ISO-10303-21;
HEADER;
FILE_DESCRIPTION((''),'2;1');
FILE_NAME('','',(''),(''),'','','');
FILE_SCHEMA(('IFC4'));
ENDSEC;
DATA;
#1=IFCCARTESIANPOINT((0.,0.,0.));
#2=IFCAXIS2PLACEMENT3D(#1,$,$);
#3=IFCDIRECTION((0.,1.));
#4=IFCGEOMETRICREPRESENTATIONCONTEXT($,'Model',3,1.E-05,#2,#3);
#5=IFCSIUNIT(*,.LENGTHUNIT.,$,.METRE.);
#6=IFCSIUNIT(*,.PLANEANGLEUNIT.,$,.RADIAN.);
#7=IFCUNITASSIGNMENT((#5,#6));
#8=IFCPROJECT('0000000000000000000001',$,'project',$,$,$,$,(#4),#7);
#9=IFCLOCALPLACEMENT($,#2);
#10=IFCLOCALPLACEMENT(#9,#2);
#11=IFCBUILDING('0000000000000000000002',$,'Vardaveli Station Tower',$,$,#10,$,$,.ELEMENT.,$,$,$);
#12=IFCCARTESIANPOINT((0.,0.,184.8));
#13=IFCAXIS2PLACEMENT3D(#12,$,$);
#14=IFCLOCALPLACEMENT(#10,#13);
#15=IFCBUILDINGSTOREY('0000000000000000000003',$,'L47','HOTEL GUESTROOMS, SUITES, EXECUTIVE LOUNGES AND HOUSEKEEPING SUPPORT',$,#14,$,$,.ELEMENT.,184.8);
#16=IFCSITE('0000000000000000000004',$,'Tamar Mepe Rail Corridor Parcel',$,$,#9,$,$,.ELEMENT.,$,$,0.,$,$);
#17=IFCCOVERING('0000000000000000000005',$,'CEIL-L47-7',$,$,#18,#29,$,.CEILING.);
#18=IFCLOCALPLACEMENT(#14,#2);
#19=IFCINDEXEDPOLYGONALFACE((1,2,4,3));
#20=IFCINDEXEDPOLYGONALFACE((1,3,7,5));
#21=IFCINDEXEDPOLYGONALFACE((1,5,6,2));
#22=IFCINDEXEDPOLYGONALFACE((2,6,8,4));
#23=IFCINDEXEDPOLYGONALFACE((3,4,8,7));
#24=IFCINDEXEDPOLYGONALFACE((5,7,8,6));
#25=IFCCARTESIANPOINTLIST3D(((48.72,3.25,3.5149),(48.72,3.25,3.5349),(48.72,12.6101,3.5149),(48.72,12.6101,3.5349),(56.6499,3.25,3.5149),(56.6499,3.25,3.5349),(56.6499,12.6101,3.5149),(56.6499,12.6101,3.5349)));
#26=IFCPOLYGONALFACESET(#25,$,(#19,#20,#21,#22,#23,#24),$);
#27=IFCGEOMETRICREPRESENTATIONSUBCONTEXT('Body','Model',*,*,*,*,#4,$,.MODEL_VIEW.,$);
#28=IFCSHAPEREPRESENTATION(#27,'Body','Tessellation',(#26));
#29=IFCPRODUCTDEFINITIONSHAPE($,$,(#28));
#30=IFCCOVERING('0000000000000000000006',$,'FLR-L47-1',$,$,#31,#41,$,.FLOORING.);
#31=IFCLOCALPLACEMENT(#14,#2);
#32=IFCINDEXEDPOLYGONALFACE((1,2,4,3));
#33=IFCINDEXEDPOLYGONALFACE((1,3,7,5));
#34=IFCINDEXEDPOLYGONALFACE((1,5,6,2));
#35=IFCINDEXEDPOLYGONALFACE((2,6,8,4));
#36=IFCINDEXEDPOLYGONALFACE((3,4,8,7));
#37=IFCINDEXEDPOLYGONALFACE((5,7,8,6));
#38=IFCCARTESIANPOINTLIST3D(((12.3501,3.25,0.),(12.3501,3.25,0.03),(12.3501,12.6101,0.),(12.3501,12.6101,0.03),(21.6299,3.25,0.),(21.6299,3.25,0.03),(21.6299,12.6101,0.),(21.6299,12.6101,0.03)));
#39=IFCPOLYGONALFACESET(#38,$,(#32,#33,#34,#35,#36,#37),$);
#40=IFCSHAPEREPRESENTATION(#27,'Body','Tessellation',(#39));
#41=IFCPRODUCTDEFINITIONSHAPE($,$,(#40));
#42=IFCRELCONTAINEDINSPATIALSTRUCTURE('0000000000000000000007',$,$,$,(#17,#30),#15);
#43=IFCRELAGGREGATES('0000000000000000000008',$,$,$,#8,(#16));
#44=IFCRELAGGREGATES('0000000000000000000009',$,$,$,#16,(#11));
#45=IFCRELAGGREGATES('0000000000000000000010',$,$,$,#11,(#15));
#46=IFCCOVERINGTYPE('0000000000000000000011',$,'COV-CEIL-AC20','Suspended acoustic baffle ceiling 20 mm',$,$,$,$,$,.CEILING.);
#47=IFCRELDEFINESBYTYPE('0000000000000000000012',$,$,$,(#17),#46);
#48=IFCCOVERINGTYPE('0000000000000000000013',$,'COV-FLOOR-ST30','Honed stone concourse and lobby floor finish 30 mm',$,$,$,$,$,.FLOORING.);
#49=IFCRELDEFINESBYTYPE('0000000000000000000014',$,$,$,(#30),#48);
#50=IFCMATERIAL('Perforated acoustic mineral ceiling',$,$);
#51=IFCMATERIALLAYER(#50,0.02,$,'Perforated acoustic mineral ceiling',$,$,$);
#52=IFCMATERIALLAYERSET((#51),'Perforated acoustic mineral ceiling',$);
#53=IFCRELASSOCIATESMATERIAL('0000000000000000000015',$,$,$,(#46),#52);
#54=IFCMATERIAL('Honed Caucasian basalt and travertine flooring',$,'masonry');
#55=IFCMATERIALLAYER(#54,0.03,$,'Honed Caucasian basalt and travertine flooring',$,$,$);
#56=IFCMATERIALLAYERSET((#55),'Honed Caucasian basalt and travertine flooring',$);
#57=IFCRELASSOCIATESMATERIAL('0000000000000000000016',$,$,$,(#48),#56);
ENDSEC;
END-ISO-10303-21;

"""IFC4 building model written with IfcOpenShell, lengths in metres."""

from ifc_helpers import new_model, si_unit, direction, frame, origin, place, context, subcontext, project, spatial, polyline, outline, extrude, material, layer, layer_set, type_object, element, save


model = new_model("IFC4")

# Units and contexts
model_context = context("Model", 3, precision=1e-05, world=origin(), true_north=direction((0.0, 1.0)))
body_context = subcontext(model_context, "Body", "Model", "MODEL_VIEW")
ifc_project = project(units=[si_unit("LENGTHUNIT", "METRE"), si_unit("PLANEANGLEUNIT", "RADIAN")], contexts=[model_context])

# Site, building, storey
site_placement = place(None, origin())
site = spatial("IfcSite", under=ifc_project, at=site_placement, Name="Tamar Mepe Rail Corridor Parcel", CompositionType="ELEMENT", RefElevation=0.0)
building_placement = place(site_placement, origin())
building = spatial("IfcBuilding", under=site, at=building_placement, Name="Vardaveli Station Tower", CompositionType="ELEMENT")
storey_placement = place(building_placement, frame((0.0, 0.0, 184.8)))
storey = spatial("IfcBuildingStorey", under=building, at=storey_placement, Name="L47", Description="HOTEL GUESTROOMS, SUITES, EXECUTIVE LOUNGES AND HOUSEKEEPING SUPPORT", CompositionType="ELEMENT", Elevation=184.8)

# Coverings
ifc_material_1 = material(Name="Perforated acoustic mineral ceiling")
ifc_layer_1 = layer(ifc_material_1, 0.02, Name="Perforated acoustic mineral ceiling")
ifc_layer_set_1 = layer_set([ifc_layer_1], Name="Perforated acoustic mineral ceiling")
covering_type_1 = type_object("IfcCoveringType", Name="COV-CEIL-AC20", Description="Suspended acoustic baffle ceiling 20 mm", PredefinedType="CEILING", material=ifc_layer_set_1)
covering_1_placement = place(storey_placement, frame((0.0, 0.0, 3.5149)))
element("IfcCovering", 1, at=covering_1_placement, inside=storey, type_object=covering_type_1, Name="CEIL-L47-7", PredefinedType="CEILING", context=body_context, shape_type="SweptSolid", body=[
    extrude(outline(polyline([(48.72, 3.25), (56.6499, 3.25), (56.6499, 12.6101), (48.72, 12.6101), (48.72, 3.25)])), origin(), (0.0, 0.0, 1.0), 0.02),
])
ifc_material_2 = material(Name="Honed Caucasian basalt and travertine flooring", Category="masonry")
ifc_layer_2 = layer(ifc_material_2, 0.03, Name="Honed Caucasian basalt and travertine flooring")
ifc_layer_set_2 = layer_set([ifc_layer_2], Name="Honed Caucasian basalt and travertine flooring")
covering_type_2 = type_object("IfcCoveringType", Name="COV-FLOOR-ST30", Description="Honed stone concourse and lobby floor finish 30 mm", PredefinedType="FLOORING", material=ifc_layer_set_2)
covering_2_placement = place(storey_placement, origin())
element("IfcCovering", 2, at=covering_2_placement, inside=storey, type_object=covering_type_2, Name="FLR-L47-1", PredefinedType="FLOORING", context=body_context, shape_type="SweptSolid", body=[
    extrude(outline(polyline([(12.3501, 3.25), (21.6299, 3.25), (21.6299, 12.6101), (12.3501, 12.6101), (12.3501, 3.25)])), origin(), (0.0, 0.0, 1.0), 0.03),
])

save(model, "model.ifc")
